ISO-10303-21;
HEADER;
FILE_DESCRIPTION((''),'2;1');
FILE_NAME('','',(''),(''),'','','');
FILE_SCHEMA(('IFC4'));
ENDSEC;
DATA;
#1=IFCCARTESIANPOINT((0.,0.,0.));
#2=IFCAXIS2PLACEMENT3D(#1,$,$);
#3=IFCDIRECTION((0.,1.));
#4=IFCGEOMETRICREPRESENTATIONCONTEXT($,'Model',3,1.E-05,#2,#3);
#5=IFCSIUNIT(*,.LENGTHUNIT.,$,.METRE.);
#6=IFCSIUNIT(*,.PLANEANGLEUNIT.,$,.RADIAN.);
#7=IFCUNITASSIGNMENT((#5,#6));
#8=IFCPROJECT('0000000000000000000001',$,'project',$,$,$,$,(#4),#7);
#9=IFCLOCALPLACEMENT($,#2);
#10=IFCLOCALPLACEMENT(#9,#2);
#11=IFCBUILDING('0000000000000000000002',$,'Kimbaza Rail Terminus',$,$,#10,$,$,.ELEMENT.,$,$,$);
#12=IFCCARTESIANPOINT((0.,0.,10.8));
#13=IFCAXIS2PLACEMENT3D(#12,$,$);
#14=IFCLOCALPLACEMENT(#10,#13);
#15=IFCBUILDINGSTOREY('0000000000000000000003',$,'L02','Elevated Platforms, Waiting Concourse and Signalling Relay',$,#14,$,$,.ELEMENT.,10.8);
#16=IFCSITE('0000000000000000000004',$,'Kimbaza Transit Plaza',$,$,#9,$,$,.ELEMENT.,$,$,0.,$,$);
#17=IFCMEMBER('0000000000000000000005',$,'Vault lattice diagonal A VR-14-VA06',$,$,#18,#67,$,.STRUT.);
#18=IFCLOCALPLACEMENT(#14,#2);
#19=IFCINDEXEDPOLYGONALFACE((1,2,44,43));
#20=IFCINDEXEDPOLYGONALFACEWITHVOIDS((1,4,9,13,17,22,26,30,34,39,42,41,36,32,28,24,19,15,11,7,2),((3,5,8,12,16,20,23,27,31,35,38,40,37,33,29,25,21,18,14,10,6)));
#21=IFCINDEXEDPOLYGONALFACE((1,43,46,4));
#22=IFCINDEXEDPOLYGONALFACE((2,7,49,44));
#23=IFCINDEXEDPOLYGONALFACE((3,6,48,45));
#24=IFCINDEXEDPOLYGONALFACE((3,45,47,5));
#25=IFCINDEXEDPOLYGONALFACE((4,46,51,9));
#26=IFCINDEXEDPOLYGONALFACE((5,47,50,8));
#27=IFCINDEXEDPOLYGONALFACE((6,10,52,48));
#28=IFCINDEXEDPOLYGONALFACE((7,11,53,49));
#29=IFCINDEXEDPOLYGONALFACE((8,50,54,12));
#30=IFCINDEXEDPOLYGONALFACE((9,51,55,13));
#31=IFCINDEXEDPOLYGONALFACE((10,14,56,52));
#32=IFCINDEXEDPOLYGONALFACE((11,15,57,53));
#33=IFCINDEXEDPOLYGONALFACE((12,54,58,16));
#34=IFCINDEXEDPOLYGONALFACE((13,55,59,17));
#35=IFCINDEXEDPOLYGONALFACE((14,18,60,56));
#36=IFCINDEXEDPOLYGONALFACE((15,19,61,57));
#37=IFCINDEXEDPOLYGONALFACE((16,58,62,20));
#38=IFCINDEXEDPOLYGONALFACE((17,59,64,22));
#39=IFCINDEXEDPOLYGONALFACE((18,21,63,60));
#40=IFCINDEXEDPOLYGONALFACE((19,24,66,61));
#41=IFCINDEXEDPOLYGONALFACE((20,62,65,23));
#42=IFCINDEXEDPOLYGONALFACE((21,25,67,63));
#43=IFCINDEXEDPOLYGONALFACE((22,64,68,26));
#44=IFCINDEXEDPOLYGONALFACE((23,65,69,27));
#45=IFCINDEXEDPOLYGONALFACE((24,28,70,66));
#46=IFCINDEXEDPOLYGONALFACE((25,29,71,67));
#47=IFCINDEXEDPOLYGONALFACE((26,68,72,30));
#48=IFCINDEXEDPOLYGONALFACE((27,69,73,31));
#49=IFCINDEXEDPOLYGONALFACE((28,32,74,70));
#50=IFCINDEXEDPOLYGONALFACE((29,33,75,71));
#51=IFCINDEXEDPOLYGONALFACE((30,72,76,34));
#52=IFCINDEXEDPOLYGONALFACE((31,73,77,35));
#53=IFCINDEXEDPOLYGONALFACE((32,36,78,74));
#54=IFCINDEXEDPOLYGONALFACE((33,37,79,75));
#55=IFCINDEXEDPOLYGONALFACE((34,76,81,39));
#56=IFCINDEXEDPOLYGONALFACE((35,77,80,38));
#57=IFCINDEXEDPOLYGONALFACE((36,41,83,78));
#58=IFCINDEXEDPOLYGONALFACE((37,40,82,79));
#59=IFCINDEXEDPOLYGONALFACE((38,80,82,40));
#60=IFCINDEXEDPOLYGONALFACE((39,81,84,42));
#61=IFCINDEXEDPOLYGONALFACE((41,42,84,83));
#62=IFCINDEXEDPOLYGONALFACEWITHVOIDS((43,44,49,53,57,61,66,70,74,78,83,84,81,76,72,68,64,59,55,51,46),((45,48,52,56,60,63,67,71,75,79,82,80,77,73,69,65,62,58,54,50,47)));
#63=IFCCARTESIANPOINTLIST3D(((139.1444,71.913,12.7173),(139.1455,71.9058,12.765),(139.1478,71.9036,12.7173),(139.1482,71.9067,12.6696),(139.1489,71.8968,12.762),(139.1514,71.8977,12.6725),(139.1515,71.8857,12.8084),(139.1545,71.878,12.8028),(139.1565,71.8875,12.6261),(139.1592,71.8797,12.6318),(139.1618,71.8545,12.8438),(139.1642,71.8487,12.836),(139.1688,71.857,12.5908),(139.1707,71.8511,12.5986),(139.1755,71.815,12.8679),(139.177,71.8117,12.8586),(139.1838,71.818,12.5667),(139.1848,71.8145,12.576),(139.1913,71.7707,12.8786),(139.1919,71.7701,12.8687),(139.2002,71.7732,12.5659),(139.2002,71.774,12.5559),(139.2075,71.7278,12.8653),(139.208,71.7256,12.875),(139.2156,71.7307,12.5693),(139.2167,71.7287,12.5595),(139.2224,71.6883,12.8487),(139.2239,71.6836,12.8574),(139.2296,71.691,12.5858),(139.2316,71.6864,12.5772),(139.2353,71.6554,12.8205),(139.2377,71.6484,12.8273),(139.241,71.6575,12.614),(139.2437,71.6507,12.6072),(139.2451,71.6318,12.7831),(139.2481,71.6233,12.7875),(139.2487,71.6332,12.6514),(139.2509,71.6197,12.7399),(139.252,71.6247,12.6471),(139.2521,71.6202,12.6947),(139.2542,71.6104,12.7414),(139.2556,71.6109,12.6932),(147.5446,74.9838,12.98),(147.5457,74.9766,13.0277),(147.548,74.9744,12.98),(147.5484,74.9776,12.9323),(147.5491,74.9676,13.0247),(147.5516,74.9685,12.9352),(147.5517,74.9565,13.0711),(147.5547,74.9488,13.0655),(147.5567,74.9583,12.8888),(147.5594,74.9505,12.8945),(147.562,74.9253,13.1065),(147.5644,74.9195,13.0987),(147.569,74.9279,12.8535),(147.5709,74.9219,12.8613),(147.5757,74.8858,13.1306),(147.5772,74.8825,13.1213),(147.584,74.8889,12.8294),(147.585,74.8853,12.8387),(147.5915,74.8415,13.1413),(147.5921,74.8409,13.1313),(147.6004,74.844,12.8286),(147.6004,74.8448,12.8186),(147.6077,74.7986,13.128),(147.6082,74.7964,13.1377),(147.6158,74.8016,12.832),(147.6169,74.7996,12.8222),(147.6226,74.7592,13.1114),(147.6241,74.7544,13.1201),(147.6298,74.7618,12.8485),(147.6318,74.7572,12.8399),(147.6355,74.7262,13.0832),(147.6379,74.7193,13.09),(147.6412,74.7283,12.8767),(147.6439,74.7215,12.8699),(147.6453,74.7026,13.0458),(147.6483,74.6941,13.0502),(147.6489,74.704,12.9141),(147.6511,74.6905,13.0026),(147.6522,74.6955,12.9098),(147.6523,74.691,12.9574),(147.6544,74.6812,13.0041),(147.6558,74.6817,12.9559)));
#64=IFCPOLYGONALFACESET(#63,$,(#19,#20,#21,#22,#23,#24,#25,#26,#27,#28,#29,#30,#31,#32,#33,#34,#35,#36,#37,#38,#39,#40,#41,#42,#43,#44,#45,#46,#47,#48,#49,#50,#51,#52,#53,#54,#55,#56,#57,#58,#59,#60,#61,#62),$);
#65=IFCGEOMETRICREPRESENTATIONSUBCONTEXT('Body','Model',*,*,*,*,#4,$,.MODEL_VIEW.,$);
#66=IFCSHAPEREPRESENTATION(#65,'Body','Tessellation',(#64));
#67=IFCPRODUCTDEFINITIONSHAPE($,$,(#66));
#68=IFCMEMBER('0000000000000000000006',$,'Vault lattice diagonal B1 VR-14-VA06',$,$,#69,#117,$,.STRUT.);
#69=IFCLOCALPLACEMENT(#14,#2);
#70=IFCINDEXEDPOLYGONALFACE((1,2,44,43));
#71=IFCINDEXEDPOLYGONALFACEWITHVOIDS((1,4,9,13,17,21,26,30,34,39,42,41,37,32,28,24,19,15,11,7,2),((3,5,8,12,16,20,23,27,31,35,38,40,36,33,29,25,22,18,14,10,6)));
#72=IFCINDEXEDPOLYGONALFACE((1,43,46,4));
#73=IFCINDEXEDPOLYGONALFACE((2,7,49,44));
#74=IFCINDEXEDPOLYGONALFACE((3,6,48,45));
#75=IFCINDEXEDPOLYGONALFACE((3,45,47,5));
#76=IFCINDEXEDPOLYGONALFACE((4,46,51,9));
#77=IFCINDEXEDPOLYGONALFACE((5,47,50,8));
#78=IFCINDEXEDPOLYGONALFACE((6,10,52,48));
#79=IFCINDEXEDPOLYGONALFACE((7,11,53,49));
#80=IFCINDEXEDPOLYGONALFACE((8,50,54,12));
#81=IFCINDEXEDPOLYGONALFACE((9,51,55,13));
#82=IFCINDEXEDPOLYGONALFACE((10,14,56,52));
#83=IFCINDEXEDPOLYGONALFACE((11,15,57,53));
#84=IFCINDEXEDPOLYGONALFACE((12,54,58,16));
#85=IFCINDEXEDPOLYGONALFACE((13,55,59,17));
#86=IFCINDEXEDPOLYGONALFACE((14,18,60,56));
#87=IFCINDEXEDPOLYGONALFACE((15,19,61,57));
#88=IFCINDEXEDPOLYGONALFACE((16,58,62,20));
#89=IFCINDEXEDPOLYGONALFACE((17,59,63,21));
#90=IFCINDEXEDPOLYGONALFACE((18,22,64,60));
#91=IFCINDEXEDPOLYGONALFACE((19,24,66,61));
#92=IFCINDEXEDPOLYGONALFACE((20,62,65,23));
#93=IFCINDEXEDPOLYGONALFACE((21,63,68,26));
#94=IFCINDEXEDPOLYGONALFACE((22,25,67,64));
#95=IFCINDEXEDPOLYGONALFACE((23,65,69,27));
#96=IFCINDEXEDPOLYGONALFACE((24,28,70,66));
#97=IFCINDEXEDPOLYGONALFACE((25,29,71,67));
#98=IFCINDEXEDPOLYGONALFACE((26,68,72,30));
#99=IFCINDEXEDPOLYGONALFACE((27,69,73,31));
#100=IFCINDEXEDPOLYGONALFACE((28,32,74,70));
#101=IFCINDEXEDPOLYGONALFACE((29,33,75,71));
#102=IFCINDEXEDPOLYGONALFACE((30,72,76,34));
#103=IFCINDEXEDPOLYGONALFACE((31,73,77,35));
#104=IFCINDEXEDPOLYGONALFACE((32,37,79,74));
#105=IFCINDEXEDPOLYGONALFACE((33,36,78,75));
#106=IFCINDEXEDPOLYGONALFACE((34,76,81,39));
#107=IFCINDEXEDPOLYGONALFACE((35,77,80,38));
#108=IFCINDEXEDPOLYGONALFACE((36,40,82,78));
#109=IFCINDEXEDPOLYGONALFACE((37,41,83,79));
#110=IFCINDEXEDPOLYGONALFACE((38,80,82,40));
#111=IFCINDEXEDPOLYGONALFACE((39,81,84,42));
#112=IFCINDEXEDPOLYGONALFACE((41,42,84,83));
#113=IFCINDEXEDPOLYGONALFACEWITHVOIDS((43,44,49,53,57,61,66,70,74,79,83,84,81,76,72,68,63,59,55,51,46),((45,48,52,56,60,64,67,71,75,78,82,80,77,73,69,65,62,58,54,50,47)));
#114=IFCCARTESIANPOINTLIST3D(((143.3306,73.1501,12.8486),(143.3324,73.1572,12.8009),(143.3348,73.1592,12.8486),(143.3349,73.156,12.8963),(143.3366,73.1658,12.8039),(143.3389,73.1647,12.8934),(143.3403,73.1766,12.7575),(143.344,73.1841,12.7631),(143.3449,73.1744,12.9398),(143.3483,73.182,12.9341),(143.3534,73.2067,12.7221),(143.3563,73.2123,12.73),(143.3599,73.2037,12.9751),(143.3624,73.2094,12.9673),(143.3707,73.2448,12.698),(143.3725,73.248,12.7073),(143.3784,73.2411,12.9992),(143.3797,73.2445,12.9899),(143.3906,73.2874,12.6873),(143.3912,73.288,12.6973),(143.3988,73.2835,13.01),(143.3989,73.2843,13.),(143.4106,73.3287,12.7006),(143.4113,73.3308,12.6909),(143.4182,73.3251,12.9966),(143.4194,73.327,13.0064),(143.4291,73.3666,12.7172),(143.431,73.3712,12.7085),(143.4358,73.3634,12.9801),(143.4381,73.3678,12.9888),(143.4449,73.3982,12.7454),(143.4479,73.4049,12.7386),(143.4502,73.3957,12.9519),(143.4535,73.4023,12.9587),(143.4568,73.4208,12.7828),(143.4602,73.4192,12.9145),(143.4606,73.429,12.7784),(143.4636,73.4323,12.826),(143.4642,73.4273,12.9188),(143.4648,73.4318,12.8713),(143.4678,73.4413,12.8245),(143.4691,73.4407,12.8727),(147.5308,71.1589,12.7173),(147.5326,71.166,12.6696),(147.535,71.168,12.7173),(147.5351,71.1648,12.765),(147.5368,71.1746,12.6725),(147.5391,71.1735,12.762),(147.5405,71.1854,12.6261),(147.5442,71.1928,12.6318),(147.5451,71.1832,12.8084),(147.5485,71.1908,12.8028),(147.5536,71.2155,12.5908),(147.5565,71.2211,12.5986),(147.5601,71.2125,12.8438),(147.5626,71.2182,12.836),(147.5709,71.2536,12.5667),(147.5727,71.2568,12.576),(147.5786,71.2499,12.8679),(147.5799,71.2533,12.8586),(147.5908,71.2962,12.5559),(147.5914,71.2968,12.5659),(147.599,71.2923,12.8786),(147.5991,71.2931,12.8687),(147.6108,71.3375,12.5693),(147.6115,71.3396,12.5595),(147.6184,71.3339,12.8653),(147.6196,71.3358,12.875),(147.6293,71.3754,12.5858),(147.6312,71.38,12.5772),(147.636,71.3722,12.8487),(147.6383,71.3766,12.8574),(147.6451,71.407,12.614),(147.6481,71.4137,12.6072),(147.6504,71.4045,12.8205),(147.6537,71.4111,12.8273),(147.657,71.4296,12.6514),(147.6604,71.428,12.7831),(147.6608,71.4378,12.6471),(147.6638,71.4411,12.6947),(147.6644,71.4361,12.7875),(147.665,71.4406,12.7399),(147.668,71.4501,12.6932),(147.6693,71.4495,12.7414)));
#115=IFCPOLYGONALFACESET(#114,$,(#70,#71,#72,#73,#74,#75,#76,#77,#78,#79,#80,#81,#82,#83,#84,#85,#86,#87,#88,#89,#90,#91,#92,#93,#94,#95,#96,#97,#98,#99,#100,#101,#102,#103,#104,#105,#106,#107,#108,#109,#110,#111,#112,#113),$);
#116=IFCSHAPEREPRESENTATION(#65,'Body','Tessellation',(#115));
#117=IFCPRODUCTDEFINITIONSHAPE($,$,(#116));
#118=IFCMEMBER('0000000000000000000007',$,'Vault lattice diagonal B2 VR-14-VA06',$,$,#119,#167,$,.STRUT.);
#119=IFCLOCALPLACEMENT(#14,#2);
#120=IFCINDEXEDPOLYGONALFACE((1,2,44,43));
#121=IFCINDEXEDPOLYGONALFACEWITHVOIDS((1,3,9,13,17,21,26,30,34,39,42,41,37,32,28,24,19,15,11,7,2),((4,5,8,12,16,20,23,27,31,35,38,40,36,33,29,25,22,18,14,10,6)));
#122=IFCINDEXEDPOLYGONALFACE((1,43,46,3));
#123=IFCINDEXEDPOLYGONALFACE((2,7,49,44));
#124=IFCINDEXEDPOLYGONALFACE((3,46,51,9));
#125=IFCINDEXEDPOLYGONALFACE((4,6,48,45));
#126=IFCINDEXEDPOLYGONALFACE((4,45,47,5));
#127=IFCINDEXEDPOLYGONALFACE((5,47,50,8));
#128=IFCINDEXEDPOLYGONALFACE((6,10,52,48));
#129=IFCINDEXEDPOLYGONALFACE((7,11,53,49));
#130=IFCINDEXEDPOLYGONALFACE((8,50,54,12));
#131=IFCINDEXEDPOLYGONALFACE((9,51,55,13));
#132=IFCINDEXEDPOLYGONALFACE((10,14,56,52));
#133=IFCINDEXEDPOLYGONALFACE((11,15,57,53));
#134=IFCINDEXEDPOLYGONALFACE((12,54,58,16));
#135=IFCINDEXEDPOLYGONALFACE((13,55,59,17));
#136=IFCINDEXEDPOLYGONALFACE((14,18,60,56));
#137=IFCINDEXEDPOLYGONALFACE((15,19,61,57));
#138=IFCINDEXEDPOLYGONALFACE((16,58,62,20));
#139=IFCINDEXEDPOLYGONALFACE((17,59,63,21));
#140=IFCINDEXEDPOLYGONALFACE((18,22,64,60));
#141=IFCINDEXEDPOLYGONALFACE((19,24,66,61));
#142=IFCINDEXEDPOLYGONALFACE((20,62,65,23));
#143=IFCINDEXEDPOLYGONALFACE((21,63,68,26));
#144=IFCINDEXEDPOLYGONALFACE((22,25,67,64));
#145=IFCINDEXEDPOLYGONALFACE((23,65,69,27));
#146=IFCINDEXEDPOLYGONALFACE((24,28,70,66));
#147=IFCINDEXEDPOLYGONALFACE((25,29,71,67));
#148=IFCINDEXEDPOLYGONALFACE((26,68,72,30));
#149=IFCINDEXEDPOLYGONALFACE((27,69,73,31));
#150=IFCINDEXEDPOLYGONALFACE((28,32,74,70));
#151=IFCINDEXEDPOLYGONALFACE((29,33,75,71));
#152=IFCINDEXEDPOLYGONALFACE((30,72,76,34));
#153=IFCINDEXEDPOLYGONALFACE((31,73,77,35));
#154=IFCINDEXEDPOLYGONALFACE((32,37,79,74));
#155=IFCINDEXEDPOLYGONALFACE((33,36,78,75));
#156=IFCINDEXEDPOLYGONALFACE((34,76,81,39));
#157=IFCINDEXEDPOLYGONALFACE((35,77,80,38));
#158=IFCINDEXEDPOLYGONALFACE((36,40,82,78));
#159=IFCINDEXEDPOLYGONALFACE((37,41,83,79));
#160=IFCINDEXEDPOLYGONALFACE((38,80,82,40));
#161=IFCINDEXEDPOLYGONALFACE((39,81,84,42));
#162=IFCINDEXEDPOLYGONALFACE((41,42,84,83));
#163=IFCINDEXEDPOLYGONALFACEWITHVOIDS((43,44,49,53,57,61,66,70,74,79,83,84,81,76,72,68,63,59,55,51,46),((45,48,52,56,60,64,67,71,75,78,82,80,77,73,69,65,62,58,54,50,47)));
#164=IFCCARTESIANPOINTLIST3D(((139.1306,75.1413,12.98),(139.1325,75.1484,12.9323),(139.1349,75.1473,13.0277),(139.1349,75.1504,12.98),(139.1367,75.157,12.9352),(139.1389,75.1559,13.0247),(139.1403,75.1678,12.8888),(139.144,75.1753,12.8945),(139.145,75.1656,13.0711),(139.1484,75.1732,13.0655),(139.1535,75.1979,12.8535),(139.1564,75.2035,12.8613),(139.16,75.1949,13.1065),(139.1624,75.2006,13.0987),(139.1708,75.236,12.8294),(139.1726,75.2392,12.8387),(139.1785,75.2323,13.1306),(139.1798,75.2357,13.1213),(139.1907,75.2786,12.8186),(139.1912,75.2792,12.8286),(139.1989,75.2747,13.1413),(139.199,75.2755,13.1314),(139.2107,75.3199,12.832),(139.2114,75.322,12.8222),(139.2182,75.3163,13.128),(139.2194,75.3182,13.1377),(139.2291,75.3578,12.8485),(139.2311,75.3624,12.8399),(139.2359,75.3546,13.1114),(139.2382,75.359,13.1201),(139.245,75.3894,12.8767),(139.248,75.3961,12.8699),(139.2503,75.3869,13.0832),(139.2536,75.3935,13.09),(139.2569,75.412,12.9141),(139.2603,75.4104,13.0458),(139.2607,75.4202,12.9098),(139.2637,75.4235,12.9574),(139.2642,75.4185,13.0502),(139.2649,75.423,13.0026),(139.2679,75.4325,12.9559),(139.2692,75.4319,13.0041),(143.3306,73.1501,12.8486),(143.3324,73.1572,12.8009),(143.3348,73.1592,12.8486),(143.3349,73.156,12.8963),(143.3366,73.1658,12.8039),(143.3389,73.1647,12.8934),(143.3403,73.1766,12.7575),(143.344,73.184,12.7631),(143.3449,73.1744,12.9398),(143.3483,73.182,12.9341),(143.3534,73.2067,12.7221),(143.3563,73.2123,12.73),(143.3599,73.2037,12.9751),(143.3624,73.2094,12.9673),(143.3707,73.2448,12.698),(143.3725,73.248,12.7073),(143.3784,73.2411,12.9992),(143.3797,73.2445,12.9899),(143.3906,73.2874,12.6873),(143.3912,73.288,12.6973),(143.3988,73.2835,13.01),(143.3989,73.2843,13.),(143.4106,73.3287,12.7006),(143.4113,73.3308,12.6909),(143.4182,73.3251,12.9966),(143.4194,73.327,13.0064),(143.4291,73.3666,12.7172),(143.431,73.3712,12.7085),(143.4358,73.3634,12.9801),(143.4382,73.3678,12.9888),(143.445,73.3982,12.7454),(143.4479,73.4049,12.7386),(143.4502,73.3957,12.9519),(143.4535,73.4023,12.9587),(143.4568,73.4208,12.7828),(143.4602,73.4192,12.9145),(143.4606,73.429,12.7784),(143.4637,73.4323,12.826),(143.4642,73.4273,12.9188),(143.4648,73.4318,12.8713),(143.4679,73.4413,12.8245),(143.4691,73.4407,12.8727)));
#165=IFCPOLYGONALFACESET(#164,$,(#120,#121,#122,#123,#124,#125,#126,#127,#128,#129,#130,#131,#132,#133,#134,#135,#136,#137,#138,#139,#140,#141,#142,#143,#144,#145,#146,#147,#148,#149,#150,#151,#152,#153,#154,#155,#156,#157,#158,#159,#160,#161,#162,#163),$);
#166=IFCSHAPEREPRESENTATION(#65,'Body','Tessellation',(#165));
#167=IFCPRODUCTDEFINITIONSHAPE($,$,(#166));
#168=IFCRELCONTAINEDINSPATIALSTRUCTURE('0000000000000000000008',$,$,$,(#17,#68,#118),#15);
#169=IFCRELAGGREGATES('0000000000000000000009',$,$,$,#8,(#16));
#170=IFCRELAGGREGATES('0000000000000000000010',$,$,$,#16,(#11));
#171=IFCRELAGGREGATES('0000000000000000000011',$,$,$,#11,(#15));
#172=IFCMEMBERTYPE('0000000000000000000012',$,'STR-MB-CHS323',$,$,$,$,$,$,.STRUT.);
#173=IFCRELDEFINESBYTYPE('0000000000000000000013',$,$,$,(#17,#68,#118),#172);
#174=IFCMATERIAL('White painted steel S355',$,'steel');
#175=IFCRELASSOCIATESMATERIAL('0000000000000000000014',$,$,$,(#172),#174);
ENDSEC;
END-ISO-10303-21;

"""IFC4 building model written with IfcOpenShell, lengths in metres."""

from ifc_helpers import new_model, si_unit, direction, frame, origin, origin_2d, place, context, subcontext, project, spatial, hollow_circle, extrude, material, material_profile, profile_set, type_object, element, save


model = new_model("IFC4")

# Units and contexts
model_context = context("Model", 3, precision=1e-05, world=origin(), true_north=direction((0.0, 1.0)))
body_context = subcontext(model_context, "Body", "Model", "MODEL_VIEW")
ifc_project = project(units=[si_unit("LENGTHUNIT", "METRE"), si_unit("PLANEANGLEUNIT", "RADIAN")], contexts=[model_context])

# Site, building, storey
site_placement = place(None, origin())
site = spatial("IfcSite", under=ifc_project, at=site_placement, Name="Kimbaza Transit Plaza", CompositionType="ELEMENT", RefElevation=0.0)
building_placement = place(site_placement, origin())
building = spatial("IfcBuilding", under=site, at=building_placement, Name="Kimbaza Rail Terminus", CompositionType="ELEMENT")
storey_placement = place(building_placement, frame((0.0, 0.0, 10.8)))
storey = spatial("IfcBuildingStorey", under=building, at=storey_placement, Name="L02", Description="Elevated Platforms, Waiting Concourse and Signalling Relay", CompositionType="ELEMENT", Elevation=10.8)

# Members
ifc_material_1 = material(Name="White painted steel S355", Category="steel")
ifc_material_profile_1 = material_profile(ifc_material_1, hollow_circle(Radius=0.1619, WallThickness=0.01, at=origin_2d()), Name="CHS 323.9x10")
ifc_profile_set_1 = profile_set([ifc_material_profile_1], Name="White painted steel S355")
member_type_1 = type_object("IfcMemberType", Name="STR-MB-CHS323", PredefinedType="STRUT", material=ifc_profile_set_1)
member_1_placement = place(storey_placement, frame((139.2, 71.761, 12.7173), z_axis=(0.938805, 0.343195, 0.029359), x_axis=(-0.343343, 0.93921, 0.0)))
element("IfcMember", 1, at=member_1_placement, inside=storey, type_object=member_type_1, Name="Vault lattice diagonal A VR-14-VA06", PredefinedType="STRUT", context=body_context, shape_type="SweptSolid", body=[
    extrude(hollow_circle(Radius=0.1619, WallThickness=0.01, at=origin_2d()), origin(), (0.0, 0.0, 1.0), 8.9478),
])
member_2_placement = place(storey_placement, frame((147.6001, 71.3052, 12.7173), z_axis=(-0.90324, 0.428204, 0.028246), x_axis=(-0.428375, -0.903601, 0.0)))
element("IfcMember", 2, at=member_2_placement, inside=storey, type_object=member_type_1, Name="Vault lattice diagonal B1 VR-14-VA06", PredefinedType="STRUT", context=body_context, shape_type="SweptSolid", body=[
    extrude(hollow_circle(Radius=0.1619, WallThickness=0.01, at=origin_2d()), origin(), (0.0, 0.0, 1.0), 4.6501),
])
member_3_placement = place(storey_placement, frame((143.3999, 73.2964, 12.8486), z_axis=(-0.903231, 0.428225, 0.028247), x_axis=(-0.428396, -0.903591, 0.0)))
element("IfcMember", 3, at=member_3_placement, inside=storey, type_object=member_type_1, Name="Vault lattice diagonal B2 VR-14-VA06", PredefinedType="STRUT", context=body_context, shape_type="SweptSolid", body=[
    extrude(hollow_circle(Radius=0.1619, WallThickness=0.01, at=origin_2d()), origin(), (0.0, 0.0, 1.0), 4.6499),
])

save(model, "model.ifc")
